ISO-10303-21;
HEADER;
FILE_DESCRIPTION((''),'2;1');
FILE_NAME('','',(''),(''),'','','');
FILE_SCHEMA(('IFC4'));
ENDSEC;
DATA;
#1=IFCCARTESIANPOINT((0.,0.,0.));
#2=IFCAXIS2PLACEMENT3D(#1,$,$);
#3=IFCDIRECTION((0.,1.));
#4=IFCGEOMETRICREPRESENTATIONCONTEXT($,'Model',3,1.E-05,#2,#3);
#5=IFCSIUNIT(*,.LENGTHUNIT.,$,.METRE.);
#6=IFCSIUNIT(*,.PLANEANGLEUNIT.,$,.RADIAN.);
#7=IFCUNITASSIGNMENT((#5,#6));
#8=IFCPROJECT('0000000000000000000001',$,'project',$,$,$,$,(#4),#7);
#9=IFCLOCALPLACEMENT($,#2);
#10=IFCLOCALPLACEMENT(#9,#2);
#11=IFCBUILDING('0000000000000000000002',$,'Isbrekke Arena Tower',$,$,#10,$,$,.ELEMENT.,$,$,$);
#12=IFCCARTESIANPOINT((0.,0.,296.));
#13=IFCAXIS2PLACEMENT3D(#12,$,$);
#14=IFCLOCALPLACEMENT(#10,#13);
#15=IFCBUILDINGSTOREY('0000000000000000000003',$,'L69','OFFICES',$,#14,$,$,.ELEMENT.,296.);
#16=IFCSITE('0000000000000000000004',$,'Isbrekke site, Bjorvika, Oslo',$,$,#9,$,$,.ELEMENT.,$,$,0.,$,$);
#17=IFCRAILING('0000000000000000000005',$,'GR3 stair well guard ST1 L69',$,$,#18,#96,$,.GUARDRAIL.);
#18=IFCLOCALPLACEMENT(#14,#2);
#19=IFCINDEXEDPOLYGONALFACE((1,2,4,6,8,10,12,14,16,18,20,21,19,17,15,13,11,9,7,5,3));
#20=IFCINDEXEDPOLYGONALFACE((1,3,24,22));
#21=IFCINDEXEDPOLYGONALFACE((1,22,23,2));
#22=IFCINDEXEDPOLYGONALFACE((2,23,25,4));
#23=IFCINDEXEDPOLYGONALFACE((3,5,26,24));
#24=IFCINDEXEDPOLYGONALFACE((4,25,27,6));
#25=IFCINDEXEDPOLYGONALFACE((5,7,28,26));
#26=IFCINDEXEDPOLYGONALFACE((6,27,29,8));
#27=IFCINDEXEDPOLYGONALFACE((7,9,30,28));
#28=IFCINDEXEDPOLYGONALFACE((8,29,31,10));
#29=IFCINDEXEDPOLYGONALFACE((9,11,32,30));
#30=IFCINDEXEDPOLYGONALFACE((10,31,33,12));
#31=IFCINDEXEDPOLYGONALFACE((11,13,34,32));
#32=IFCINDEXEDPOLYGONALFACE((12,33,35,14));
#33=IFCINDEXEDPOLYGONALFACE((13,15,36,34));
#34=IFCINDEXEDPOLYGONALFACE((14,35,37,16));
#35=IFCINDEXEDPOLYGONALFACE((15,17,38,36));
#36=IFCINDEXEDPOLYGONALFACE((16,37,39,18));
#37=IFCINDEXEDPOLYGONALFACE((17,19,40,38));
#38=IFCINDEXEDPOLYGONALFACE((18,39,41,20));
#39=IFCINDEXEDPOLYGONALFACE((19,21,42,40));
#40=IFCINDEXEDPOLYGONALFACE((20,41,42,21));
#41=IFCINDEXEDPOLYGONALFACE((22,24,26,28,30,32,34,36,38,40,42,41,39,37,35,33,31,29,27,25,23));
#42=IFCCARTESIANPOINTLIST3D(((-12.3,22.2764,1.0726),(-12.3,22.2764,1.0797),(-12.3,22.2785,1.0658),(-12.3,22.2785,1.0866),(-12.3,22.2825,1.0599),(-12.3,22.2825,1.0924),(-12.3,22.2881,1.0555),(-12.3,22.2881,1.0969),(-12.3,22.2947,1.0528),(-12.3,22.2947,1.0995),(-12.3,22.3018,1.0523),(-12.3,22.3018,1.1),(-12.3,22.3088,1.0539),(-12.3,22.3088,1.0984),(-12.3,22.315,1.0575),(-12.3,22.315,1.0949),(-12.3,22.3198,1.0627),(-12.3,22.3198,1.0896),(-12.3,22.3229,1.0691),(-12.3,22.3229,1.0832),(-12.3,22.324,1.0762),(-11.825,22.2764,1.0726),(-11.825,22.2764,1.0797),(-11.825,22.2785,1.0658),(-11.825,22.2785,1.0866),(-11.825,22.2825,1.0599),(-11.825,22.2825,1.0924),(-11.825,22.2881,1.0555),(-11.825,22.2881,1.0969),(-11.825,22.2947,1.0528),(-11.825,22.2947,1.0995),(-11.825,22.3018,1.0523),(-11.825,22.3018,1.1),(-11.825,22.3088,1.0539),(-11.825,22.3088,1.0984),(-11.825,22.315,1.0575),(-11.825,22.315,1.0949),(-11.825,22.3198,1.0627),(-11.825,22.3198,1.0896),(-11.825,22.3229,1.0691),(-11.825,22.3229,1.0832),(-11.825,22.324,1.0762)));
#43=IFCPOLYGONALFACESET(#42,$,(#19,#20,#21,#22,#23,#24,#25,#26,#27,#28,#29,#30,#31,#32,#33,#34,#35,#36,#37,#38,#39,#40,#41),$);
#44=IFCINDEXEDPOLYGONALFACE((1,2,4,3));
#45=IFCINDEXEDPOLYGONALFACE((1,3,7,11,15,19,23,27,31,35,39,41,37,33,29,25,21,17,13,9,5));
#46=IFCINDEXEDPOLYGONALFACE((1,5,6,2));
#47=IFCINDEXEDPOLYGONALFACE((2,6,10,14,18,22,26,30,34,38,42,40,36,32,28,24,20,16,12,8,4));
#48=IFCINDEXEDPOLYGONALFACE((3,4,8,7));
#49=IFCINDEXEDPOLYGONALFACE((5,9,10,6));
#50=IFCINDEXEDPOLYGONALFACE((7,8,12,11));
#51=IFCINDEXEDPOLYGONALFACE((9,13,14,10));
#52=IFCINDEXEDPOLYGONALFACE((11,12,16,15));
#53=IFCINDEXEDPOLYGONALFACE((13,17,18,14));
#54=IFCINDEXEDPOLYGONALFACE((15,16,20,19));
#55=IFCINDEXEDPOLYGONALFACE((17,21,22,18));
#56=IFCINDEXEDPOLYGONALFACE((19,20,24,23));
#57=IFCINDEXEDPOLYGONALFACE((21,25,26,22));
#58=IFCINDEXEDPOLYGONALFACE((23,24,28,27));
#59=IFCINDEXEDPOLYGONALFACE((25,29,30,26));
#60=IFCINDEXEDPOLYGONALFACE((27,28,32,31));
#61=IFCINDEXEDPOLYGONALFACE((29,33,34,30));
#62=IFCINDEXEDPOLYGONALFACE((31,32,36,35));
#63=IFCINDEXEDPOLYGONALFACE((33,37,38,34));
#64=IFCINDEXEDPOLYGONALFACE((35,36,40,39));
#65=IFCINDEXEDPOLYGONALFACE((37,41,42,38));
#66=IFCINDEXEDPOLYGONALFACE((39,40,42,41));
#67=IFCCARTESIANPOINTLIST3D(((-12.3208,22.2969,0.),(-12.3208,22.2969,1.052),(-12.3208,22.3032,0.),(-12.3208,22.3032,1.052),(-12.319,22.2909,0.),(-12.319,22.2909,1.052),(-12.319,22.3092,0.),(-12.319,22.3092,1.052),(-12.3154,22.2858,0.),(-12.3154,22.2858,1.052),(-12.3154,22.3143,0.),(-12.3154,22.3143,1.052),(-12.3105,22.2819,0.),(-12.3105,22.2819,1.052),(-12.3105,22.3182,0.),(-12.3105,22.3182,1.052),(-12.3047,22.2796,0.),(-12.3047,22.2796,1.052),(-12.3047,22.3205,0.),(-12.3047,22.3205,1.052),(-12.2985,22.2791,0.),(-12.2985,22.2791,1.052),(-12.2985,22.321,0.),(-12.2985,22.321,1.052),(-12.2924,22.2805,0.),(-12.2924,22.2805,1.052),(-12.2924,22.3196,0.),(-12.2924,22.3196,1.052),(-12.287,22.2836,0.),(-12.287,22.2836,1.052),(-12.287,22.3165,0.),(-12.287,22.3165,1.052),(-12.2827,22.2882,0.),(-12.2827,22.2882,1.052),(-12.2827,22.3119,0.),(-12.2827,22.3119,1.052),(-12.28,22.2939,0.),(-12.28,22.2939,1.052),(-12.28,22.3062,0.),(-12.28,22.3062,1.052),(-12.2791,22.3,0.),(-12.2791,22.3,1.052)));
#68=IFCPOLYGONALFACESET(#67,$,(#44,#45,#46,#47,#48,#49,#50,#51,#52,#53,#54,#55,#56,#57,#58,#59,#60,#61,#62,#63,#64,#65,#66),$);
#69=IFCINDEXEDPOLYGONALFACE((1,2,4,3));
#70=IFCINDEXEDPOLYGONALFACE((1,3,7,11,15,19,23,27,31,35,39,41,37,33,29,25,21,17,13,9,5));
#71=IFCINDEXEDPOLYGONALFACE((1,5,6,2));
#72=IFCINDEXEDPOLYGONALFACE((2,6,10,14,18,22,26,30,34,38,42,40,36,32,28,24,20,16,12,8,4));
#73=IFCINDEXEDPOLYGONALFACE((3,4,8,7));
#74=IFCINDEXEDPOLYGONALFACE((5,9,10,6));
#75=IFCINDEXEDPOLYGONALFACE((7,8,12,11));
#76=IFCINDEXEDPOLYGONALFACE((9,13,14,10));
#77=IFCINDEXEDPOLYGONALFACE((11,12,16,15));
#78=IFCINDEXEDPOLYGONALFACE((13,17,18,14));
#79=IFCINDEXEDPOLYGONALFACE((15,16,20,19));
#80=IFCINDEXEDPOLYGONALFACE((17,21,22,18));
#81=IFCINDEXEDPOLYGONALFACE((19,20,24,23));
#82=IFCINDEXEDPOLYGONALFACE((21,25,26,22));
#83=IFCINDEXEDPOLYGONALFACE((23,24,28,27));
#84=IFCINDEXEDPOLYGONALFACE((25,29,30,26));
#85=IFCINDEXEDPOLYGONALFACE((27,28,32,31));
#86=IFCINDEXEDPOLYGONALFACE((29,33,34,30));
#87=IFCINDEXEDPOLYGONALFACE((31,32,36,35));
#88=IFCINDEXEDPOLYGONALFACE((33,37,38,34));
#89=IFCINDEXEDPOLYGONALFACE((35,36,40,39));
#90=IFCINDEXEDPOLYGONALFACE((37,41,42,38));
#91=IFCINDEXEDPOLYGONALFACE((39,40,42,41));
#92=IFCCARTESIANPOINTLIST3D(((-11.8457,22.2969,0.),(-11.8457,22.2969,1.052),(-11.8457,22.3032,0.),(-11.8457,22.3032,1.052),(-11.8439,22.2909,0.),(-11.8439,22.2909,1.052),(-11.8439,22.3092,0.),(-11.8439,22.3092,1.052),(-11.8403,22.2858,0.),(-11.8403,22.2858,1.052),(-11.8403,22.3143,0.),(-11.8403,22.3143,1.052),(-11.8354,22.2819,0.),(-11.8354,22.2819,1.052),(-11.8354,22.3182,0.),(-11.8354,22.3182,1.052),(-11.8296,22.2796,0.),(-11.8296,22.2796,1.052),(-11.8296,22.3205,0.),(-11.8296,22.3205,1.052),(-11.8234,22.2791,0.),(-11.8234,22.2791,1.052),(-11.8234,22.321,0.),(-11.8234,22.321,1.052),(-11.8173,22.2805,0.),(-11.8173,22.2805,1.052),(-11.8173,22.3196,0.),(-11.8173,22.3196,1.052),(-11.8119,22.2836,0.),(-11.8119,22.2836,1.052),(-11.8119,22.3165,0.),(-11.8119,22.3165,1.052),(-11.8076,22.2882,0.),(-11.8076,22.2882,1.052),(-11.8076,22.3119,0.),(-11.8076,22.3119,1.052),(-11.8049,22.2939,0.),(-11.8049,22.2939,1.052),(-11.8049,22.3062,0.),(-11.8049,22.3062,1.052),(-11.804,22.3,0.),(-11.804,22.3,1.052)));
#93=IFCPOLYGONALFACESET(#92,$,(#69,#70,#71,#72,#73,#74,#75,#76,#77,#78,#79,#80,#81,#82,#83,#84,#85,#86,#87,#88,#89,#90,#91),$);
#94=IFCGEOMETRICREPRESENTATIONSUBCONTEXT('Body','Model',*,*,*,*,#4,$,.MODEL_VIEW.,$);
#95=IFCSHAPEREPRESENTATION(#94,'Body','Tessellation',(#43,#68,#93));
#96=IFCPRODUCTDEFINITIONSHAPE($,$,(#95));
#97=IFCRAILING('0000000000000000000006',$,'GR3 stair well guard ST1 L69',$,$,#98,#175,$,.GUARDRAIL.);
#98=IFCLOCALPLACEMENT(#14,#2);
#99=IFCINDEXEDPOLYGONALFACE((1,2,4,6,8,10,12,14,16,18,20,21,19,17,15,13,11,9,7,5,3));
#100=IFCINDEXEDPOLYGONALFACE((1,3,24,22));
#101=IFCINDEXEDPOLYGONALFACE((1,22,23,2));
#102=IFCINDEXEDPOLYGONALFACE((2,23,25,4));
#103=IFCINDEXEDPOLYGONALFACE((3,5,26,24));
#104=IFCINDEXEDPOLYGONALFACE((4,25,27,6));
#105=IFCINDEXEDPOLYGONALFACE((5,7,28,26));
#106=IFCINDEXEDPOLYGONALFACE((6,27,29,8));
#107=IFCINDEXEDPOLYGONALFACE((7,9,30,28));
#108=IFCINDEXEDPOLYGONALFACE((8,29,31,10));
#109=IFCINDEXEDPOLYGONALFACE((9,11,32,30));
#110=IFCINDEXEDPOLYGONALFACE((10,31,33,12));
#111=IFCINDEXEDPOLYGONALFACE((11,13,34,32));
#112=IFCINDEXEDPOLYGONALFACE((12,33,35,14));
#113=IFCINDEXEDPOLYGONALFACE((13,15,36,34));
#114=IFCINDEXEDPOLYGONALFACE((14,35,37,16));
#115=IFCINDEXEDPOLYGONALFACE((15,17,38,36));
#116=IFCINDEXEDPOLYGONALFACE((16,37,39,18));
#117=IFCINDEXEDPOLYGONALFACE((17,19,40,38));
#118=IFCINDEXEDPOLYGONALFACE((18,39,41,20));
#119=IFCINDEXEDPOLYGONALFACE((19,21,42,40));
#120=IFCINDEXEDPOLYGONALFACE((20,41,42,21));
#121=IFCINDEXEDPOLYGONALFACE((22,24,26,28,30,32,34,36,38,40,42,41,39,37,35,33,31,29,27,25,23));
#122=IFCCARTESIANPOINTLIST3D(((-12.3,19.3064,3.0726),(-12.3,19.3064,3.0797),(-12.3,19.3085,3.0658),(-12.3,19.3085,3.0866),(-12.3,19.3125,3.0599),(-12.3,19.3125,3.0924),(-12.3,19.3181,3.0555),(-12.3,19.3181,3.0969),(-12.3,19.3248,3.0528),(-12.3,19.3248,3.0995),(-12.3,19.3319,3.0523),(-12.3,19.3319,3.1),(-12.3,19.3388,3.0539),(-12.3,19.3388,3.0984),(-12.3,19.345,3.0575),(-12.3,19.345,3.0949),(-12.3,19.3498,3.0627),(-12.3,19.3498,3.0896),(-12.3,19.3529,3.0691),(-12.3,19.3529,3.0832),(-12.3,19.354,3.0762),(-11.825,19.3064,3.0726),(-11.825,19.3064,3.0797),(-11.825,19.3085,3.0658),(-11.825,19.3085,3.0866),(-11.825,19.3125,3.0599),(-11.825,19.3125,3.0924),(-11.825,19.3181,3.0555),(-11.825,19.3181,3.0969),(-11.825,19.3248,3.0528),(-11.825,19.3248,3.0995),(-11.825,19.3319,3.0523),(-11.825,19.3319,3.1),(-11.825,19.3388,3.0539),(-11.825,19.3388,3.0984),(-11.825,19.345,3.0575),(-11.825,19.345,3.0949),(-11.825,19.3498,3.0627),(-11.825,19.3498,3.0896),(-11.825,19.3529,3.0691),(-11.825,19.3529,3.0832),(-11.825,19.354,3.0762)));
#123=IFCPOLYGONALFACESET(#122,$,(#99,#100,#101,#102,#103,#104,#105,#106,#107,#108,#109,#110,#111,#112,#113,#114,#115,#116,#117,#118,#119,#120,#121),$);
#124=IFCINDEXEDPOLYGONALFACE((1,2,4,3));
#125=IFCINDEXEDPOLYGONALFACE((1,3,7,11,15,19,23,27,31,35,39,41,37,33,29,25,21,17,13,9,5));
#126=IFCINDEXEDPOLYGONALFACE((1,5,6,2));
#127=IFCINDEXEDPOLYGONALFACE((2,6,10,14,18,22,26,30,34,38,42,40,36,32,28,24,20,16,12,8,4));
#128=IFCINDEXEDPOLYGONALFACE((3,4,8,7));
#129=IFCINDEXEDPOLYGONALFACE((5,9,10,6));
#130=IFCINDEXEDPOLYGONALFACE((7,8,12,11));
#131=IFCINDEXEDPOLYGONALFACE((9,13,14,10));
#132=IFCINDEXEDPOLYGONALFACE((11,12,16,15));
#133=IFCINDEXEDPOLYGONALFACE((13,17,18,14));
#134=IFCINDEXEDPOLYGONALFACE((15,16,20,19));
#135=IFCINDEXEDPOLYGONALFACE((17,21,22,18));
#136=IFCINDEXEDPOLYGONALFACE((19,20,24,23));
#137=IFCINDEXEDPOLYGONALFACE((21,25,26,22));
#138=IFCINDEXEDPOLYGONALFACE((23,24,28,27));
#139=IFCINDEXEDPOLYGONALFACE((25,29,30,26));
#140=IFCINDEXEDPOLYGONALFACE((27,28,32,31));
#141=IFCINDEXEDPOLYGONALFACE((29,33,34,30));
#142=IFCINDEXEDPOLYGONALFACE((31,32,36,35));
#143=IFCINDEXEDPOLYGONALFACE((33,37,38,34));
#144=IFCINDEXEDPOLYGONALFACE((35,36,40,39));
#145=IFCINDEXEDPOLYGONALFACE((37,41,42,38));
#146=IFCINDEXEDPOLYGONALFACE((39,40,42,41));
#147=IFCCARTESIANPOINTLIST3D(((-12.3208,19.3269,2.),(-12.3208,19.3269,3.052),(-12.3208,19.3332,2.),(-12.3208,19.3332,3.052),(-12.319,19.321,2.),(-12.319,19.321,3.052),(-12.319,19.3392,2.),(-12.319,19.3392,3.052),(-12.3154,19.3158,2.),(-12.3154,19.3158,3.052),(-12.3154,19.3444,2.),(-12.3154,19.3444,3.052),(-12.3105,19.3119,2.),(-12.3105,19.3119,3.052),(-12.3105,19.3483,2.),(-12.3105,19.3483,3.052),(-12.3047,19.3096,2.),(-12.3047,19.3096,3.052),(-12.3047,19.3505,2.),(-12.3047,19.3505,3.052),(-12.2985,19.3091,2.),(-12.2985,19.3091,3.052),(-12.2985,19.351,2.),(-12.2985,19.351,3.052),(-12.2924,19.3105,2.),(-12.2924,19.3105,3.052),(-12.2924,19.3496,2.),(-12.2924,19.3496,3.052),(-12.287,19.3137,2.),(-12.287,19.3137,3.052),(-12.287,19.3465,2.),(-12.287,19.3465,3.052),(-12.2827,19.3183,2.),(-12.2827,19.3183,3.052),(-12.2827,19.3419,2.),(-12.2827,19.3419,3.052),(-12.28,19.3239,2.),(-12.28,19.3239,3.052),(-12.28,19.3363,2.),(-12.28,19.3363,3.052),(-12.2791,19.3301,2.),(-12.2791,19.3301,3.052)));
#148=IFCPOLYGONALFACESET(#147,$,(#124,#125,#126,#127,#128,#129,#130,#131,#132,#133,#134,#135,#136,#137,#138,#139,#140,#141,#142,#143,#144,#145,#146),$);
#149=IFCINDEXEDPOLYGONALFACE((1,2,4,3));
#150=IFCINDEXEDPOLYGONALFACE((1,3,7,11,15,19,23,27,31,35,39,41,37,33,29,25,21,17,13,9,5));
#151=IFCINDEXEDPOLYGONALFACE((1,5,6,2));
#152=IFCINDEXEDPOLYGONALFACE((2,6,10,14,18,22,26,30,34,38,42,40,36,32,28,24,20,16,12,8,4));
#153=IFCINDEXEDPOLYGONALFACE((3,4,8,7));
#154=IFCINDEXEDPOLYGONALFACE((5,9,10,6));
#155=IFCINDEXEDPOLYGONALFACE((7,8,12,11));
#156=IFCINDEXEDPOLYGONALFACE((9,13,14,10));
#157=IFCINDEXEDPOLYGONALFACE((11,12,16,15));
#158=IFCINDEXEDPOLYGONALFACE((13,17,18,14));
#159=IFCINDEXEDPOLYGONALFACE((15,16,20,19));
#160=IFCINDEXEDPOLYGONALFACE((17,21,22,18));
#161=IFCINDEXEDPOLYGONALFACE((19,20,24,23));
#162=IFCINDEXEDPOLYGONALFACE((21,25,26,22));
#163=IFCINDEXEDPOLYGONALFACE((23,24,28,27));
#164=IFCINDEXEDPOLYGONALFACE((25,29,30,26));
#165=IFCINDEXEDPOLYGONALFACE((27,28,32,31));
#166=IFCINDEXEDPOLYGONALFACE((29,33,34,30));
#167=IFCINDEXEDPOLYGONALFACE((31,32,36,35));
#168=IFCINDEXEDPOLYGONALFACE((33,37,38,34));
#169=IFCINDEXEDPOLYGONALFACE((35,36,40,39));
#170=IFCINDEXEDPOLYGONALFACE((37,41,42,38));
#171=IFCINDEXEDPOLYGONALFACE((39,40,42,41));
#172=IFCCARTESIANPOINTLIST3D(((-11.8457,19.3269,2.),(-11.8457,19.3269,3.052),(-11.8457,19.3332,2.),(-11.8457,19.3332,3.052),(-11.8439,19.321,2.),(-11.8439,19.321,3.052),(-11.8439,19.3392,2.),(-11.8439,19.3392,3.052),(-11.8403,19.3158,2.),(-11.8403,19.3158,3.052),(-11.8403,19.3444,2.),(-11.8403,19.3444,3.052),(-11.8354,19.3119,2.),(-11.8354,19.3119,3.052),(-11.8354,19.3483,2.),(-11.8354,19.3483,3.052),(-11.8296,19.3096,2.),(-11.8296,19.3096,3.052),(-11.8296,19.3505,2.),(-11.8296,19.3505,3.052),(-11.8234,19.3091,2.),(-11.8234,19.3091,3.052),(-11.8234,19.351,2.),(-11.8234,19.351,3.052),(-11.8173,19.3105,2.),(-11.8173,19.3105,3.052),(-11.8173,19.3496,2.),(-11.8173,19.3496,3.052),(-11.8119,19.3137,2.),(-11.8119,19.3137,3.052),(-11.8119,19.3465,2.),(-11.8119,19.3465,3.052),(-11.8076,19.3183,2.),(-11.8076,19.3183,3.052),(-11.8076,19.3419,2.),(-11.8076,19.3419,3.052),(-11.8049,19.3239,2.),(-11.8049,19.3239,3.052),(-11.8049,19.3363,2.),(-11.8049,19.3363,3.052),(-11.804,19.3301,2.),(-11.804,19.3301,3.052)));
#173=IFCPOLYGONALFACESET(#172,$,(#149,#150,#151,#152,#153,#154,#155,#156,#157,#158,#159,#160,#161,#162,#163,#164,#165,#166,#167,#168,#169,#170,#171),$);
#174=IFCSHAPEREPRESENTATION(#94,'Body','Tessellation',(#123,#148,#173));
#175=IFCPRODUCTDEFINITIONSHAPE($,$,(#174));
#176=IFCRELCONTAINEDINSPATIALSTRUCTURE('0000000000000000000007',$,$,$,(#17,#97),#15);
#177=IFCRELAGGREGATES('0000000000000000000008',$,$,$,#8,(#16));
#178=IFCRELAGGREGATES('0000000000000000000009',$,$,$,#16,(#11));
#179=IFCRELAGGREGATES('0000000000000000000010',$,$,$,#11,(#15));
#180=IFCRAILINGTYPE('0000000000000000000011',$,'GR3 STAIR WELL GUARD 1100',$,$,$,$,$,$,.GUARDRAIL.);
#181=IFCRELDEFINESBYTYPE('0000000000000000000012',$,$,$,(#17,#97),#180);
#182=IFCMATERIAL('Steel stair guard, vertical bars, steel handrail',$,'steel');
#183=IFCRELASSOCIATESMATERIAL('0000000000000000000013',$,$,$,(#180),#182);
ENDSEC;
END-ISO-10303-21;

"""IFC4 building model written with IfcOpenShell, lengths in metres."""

from ifc_helpers import new_model, si_unit, direction, frame, origin, origin_2d, place, context, subcontext, project, spatial, circle, extrude, material, type_object, element, save


model = new_model("IFC4")

# Units and contexts
model_context = context("Model", 3, precision=1e-05, world=origin(), true_north=direction((0.0, 1.0)))
body_context = subcontext(model_context, "Body", "Model", "MODEL_VIEW")
ifc_project = project(units=[si_unit("LENGTHUNIT", "METRE"), si_unit("PLANEANGLEUNIT", "RADIAN")], contexts=[model_context])

# Site, building, storey
site_placement = place(None, origin())
site = spatial("IfcSite", under=ifc_project, at=site_placement, Name="Isbrekke site, Bjorvika, Oslo", CompositionType="ELEMENT", RefElevation=0.0)
building_placement = place(site_placement, origin())
building = spatial("IfcBuilding", under=site, at=building_placement, Name="Isbrekke Arena Tower", CompositionType="ELEMENT")
storey_placement = place(building_placement, frame((0.0, 0.0, 296.0)))
storey = spatial("IfcBuildingStorey", under=building, at=storey_placement, Name="L69", Description="OFFICES", CompositionType="ELEMENT", Elevation=296.0)

# Railings
ifc_material_1 = material(Name="Steel stair guard, vertical bars, steel handrail", Category="steel")
railing_type = type_object("IfcRailingType", Name="GR3 STAIR WELL GUARD 1100", PredefinedType="GUARDRAIL", material=ifc_material_1)
for number, where, name in (
    (1, (-12.3, 22.3, 0.0), "GR3 stair well guard ST1 L69"),
    (2, (-12.3, 19.3301, 2.0), "GR3 stair well guard ST1 L69"),
):
    element("IfcRailing", number, at=place(storey_placement, frame(where)), inside=storey, type_object=railing_type, Name=name, PredefinedType="GUARDRAIL", context=body_context, shape_type="SweptSolid", body=[
        extrude(circle(Radius=0.0239, at=origin_2d()), frame((0.0, 0.0, 1.0762), z_axis=(1.0, 0.0, 0.0), x_axis=(0.0, 1.0, 0.0)), (0.0, 0.0, 1.0), 0.4751),
        extrude(circle(Radius=0.021, at=origin_2d()), origin(), (0.0, 0.0, 1.0), 1.052),
        extrude(circle(Radius=0.021, at=origin_2d()), frame((0.4751, 0.0, 0.0)), (0.0, 0.0, 1.0), 1.052),
    ])

save(model, "model.ifc")
